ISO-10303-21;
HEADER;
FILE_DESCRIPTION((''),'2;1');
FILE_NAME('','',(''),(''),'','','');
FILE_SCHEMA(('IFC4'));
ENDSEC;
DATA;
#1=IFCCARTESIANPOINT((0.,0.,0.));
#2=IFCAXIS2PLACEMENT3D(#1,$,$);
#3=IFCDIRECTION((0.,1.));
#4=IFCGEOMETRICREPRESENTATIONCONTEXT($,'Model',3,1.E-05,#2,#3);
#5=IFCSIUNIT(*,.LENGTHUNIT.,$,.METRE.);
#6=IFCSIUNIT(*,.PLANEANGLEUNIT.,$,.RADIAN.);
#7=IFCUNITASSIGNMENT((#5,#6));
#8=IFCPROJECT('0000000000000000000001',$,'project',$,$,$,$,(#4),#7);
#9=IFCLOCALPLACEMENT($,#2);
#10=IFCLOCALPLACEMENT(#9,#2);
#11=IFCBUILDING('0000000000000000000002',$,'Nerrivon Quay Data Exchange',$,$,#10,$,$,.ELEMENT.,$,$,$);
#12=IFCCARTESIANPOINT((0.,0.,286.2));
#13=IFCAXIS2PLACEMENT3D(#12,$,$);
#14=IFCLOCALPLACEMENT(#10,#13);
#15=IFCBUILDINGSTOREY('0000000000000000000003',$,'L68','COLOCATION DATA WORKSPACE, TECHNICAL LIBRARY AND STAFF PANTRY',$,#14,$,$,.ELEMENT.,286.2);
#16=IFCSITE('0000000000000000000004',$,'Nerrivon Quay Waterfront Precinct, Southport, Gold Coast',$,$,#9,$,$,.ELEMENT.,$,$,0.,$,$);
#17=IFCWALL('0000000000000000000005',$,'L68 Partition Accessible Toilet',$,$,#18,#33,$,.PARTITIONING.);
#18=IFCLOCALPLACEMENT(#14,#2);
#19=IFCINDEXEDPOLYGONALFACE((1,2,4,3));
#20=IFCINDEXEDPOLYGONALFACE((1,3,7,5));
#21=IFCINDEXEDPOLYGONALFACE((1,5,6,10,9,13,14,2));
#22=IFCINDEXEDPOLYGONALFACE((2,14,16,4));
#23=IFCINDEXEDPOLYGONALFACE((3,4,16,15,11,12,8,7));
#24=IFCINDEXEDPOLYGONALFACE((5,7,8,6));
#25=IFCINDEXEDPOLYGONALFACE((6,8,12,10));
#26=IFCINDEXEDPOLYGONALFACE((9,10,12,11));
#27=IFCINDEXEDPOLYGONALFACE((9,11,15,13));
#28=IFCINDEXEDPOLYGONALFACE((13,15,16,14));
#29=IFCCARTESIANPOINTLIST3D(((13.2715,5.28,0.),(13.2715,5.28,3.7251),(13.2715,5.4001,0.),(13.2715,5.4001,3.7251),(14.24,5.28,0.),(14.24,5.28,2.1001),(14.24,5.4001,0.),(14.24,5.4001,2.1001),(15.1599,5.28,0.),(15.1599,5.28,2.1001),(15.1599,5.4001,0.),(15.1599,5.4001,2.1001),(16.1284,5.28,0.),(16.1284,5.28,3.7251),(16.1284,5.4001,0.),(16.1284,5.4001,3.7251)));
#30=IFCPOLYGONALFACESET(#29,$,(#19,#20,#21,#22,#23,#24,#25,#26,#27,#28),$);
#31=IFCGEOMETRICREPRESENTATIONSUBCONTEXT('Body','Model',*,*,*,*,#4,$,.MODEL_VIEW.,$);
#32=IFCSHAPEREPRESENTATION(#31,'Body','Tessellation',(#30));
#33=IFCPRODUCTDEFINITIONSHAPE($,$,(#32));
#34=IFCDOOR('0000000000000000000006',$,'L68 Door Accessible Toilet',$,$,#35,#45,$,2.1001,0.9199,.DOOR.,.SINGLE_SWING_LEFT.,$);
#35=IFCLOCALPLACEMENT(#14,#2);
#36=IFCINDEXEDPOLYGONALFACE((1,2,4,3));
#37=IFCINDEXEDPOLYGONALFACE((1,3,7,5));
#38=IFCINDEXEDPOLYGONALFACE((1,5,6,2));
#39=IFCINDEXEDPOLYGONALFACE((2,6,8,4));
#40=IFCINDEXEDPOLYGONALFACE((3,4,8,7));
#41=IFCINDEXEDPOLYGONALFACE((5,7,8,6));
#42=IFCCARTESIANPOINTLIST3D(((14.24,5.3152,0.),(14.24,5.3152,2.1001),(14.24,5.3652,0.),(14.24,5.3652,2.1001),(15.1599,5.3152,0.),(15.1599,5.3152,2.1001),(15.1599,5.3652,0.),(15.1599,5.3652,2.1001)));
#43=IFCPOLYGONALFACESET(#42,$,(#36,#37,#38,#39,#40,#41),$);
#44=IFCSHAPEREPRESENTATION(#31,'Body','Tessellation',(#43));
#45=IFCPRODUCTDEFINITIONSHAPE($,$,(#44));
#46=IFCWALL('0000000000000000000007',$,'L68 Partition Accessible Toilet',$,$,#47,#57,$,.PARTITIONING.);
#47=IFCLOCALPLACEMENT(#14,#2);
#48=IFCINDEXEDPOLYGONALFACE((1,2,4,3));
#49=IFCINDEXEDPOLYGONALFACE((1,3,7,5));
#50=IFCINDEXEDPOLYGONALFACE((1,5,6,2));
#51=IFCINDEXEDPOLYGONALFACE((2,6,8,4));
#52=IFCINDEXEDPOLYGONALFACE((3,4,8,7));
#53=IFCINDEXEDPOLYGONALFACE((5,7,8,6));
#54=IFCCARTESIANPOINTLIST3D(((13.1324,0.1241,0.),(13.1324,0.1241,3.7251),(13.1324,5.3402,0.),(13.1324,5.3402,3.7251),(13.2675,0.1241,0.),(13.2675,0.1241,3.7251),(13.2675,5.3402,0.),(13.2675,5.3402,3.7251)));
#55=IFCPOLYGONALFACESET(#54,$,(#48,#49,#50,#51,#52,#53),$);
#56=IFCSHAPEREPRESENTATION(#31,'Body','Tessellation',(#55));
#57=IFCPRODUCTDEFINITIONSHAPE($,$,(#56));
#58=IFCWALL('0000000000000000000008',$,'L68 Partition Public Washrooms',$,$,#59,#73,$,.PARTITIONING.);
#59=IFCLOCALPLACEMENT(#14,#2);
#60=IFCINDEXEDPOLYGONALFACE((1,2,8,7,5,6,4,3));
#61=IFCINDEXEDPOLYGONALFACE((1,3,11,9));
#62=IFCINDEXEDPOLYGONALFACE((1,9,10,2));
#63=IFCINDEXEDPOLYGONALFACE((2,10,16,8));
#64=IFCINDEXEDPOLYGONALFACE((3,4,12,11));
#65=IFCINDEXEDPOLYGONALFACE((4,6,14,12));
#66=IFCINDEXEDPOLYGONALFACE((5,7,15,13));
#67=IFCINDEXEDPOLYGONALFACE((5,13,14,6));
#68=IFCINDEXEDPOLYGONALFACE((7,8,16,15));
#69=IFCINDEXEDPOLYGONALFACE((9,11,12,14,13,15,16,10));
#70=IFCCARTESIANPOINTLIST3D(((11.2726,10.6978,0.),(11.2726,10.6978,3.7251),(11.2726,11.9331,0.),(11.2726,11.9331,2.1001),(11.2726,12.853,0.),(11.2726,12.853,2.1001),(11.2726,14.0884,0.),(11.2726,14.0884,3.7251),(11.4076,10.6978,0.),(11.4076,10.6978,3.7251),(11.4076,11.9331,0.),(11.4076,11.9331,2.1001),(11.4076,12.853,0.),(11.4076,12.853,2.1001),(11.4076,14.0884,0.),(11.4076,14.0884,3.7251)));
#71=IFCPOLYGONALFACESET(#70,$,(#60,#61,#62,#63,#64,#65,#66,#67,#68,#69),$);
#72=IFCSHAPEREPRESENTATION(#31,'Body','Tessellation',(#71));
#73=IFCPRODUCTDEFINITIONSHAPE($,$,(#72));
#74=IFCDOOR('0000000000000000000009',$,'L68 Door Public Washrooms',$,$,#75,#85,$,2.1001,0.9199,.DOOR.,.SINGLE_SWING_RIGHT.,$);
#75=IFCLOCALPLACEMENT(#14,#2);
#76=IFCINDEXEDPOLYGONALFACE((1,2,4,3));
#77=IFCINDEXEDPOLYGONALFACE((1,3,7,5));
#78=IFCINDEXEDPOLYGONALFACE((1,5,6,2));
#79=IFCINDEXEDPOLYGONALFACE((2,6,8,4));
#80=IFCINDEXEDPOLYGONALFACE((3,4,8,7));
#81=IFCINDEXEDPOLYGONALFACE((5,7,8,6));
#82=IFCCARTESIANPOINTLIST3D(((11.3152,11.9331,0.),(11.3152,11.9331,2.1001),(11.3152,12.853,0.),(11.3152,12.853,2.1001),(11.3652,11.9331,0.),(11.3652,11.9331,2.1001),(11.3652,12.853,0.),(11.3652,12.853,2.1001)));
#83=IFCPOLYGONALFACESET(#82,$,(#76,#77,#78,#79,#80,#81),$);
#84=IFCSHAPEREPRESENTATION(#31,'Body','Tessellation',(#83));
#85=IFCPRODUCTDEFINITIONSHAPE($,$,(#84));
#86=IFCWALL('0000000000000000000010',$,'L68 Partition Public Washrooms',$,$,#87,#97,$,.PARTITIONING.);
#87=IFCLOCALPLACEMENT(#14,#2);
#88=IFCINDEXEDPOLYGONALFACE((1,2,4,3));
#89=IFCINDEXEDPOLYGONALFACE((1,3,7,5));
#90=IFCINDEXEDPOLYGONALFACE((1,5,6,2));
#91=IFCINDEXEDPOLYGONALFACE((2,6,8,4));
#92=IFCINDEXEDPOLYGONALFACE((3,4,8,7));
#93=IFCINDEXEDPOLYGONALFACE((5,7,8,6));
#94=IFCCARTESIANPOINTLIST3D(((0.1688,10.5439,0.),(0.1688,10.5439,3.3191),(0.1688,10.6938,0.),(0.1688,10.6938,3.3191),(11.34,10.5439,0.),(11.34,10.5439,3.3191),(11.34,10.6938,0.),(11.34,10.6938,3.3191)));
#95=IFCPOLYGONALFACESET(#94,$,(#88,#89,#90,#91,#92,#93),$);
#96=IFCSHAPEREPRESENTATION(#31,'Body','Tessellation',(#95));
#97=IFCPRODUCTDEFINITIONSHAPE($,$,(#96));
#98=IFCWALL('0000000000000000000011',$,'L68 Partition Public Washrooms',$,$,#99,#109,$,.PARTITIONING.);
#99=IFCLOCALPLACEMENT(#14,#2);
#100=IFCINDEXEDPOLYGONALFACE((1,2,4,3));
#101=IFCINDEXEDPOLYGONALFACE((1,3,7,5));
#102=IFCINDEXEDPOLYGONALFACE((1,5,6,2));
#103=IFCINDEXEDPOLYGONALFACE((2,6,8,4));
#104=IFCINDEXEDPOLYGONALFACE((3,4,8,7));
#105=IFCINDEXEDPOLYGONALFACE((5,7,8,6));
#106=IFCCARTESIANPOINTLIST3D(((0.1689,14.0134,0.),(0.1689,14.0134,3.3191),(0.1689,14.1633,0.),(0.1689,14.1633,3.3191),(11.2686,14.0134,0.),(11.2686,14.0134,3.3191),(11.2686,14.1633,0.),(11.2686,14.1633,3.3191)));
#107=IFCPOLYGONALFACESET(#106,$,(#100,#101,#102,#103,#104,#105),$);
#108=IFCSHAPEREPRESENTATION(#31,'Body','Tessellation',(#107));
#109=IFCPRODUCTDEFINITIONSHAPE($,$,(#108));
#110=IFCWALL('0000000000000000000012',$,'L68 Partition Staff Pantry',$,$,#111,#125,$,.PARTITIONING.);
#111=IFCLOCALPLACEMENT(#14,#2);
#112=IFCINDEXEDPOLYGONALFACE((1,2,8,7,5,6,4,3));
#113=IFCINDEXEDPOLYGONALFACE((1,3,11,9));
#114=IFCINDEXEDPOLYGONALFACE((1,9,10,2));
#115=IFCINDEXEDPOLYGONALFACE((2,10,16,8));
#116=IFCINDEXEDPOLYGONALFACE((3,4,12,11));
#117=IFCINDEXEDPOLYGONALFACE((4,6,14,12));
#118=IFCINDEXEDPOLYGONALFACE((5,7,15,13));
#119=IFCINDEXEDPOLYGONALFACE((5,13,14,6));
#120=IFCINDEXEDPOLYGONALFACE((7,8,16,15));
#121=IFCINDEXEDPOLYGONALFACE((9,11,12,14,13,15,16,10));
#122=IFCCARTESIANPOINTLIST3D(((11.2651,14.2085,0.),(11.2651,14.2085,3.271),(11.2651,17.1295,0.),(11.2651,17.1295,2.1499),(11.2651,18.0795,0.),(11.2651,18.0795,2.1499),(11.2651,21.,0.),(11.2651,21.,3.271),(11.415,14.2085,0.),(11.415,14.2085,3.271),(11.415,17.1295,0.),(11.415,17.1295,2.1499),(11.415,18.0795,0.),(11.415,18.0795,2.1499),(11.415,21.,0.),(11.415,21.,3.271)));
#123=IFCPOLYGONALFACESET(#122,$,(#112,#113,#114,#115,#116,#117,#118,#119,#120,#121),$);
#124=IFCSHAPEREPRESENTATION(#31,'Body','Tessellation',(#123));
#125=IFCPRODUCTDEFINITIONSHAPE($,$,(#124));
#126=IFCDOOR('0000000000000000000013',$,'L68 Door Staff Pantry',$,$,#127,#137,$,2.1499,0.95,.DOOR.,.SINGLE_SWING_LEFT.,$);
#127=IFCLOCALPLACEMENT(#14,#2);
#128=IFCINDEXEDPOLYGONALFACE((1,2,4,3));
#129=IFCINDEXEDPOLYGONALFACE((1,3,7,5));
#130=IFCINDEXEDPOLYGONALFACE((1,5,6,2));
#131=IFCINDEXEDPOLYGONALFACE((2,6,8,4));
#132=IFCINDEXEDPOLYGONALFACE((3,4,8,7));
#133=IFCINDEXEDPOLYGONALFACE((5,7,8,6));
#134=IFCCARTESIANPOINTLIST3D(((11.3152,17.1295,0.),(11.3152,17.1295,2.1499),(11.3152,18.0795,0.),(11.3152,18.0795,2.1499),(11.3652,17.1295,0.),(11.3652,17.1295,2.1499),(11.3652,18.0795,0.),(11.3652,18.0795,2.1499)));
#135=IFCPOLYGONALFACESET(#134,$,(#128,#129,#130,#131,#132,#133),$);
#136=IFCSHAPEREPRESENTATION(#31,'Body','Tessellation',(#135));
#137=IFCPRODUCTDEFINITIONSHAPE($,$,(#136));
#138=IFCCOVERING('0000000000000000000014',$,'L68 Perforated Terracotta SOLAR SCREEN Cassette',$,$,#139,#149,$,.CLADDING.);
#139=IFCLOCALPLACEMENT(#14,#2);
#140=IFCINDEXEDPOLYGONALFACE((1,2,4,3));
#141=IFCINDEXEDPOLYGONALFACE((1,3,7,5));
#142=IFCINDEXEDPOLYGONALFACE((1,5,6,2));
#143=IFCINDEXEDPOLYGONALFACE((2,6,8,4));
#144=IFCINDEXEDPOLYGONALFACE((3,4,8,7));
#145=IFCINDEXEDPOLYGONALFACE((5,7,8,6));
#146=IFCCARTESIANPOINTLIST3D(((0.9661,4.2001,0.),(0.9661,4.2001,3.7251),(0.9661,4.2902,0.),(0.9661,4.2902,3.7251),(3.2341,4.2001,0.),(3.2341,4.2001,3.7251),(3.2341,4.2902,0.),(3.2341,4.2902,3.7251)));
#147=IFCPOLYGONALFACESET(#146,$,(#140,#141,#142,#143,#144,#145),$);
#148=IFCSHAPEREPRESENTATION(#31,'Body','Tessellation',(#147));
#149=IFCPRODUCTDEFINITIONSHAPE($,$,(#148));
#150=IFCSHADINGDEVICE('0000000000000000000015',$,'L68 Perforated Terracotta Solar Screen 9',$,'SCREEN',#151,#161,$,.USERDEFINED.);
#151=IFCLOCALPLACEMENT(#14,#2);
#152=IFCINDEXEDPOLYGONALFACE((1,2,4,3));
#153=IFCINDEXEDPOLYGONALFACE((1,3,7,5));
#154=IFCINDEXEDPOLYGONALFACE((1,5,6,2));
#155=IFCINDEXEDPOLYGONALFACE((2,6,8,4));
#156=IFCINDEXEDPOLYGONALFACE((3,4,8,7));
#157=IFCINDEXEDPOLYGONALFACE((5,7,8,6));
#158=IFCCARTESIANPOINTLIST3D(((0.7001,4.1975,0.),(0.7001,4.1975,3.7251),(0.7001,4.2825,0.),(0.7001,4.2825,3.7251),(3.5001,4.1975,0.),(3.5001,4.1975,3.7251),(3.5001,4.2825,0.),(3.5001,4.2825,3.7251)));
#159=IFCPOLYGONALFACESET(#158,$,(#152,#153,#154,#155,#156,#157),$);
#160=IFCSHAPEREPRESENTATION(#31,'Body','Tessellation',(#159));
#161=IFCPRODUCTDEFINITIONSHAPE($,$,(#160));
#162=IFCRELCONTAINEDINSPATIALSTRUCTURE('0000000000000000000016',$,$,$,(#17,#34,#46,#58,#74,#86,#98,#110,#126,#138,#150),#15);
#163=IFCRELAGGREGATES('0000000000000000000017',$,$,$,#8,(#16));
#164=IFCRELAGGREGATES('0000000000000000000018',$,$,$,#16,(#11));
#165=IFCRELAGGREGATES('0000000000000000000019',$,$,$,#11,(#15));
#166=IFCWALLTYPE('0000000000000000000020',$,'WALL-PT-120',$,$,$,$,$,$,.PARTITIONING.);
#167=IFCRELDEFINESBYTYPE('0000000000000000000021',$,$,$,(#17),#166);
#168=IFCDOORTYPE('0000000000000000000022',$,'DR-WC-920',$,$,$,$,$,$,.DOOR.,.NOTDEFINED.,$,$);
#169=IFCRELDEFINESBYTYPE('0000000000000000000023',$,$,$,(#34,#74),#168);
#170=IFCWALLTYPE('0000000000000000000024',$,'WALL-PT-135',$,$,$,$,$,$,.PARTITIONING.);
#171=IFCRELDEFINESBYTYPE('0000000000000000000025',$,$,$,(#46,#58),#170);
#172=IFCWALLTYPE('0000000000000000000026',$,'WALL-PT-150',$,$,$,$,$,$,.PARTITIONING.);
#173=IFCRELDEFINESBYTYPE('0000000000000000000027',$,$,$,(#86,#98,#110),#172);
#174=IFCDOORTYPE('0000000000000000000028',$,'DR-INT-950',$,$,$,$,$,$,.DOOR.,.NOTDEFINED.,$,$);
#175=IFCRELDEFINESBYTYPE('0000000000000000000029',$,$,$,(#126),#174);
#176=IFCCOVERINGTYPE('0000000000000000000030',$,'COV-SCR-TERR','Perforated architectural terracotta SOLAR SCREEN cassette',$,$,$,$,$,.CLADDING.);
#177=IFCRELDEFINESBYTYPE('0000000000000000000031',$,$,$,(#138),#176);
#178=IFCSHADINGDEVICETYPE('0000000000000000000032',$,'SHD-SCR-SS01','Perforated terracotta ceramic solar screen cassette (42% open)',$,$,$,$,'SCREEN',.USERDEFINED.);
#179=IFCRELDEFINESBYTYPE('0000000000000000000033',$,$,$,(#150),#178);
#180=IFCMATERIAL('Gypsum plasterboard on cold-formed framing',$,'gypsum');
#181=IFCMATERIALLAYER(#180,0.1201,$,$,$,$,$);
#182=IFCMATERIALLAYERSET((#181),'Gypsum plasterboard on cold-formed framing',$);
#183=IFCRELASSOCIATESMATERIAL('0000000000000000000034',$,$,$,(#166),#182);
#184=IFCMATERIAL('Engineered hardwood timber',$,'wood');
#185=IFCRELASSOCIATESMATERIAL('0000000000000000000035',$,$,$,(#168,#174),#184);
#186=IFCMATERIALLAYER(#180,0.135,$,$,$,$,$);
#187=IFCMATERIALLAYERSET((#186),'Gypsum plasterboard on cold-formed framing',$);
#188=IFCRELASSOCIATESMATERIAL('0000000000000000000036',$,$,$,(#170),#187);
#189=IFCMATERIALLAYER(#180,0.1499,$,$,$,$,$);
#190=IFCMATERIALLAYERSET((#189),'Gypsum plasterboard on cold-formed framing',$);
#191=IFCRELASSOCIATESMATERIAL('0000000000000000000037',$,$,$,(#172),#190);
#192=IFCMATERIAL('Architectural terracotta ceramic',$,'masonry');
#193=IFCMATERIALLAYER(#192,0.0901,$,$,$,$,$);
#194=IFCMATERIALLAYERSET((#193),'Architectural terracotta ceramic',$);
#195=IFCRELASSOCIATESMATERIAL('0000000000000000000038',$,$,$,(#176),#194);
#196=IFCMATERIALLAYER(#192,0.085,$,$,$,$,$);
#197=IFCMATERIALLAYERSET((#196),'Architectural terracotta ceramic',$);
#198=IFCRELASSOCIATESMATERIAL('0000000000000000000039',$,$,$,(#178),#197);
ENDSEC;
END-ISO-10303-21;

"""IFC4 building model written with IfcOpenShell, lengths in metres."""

from ifc_helpers import new_model, si_unit, direction, frame, frame_2d, origin, origin_2d, place, context, subcontext, project, spatial, rectangle, extrude, material, layer, layer_set, type_object, element, fill, save


model = new_model("IFC4")

# Units and contexts
model_context = context("Model", 3, precision=1e-05, world=origin(), true_north=direction((0.0, 1.0)))
body_context = subcontext(model_context, "Body", "Model", "MODEL_VIEW")
ifc_project = project(units=[si_unit("LENGTHUNIT", "METRE"), si_unit("PLANEANGLEUNIT", "RADIAN")], contexts=[model_context])

# Site, building, storey
site_placement = place(None, origin())
site = spatial("IfcSite", under=ifc_project, at=site_placement, Name="Nerrivon Quay Waterfront Precinct, Southport, Gold Coast", CompositionType="ELEMENT", RefElevation=0.0)
building_placement = place(site_placement, origin())
building = spatial("IfcBuilding", under=site, at=building_placement, Name="Nerrivon Quay Data Exchange", CompositionType="ELEMENT")
storey_placement = place(building_placement, frame((0.0, 0.0, 286.2)))
storey = spatial("IfcBuildingStorey", under=building, at=storey_placement, Name="L68", Description="COLOCATION DATA WORKSPACE, TECHNICAL LIBRARY AND STAFF PANTRY", CompositionType="ELEMENT", Elevation=286.2)

# Shared definitions
ifc_material_1 = material(Name="Gypsum plasterboard on cold-formed framing", Category="gypsum")
ifc_material_2 = material(Name="Engineered hardwood timber", Category="wood")

# Wall, opening, door
ifc_layer_1 = layer(ifc_material_1, 0.1201)
ifc_layer_set_1 = layer_set([ifc_layer_1], Name="Gypsum plasterboard on cold-formed framing")
wall_type_1 = type_object("IfcWallType", Name="WALL-PT-120", PredefinedType="PARTITIONING", material=ifc_layer_set_1)
wall_1_placement = place(storey_placement, frame((16.1284, 5.3401, 0.0), z_axis=(0.0, 0.0, 1.0), x_axis=(-1.0, 0.0, 0.0)))
wall_1 = element("IfcWall", 1, at=wall_1_placement, inside=storey, type_object=wall_type_1, Name="L68 Partition Accessible Toilet", PredefinedType="PARTITIONING", context=body_context, shape_type="SweptSolid", body=[
    extrude(rectangle(XDim=2.8569, YDim=0.1201, at=frame_2d((1.4285, 0.0))), origin(), (0.0, 0.0, 1.0), 3.7251),
])
opening_1_placement = place(wall_1_placement, frame((0.9685, 0.0, 0.0)))
opening_1 = element("IfcOpeningElement", 2, at=opening_1_placement, cuts=wall_1, PredefinedType="OPENING", context=body_context, shape_type="SweptSolid", body=[
    extrude(rectangle(XDim=0.9199, YDim=2.1001, at=frame_2d((0.46, 1.05))), frame((0.0, 0.0701, 0.0), z_axis=(0.0, -1.0, 0.0), x_axis=(1.0, 0.0, 0.0)), (0.0, 0.0, 1.0), 0.1401),
])
door_type_1 = type_object("IfcDoorType", Name="DR-WC-920", OperationType="NOTDEFINED", PredefinedType="DOOR", material=ifc_material_2)
door_1_placement = place(opening_1_placement, origin())
door_1 = element("IfcDoor", 3, at=door_1_placement, inside=storey, type_object=door_type_1, Name="L68 Door Accessible Toilet", OperationType="SINGLE_SWING_LEFT", OverallHeight=2.1001, OverallWidth=0.9199, PredefinedType="DOOR", context=body_context, shape_type="SweptSolid", body=[
    extrude(rectangle(XDim=0.9199, YDim=2.1001, at=frame_2d((0.46, 1.05))), frame((0.0, 0.0249, 0.0), z_axis=(0.0, -1.0, 0.0), x_axis=(1.0, 0.0, 0.0)), (0.0, 0.0, 1.0), 0.05),
])
fill(opening_1, door_1)

# Wall
ifc_layer_2 = layer(ifc_material_1, 0.135)
ifc_layer_set_2 = layer_set([ifc_layer_2], Name="Gypsum plasterboard on cold-formed framing")
wall_type_2 = type_object("IfcWallType", Name="WALL-PT-135", PredefinedType="PARTITIONING", material=ifc_layer_set_2)
wall_2_placement = place(storey_placement, frame((13.2, 5.3401, 0.0), z_axis=(0.0, 0.0, 1.0), x_axis=(0.0, -1.0, 0.0)))
element("IfcWall", 4, at=wall_2_placement, inside=storey, type_object=wall_type_2, Name="L68 Partition Accessible Toilet", PredefinedType="PARTITIONING", context=body_context, shape_type="SweptSolid", body=[
    extrude(rectangle(XDim=5.2161, YDim=0.135, at=frame_2d((2.6079, 0.0))), origin(), (0.0, 0.0, 1.0), 3.7251),
])

# Wall, opening, door
wall_3_placement = place(storey_placement, frame((11.3401, 10.6978, 0.0), z_axis=(0.0, 0.0, 1.0), x_axis=(0.0, 1.0, 0.0)))
wall_3 = element("IfcWall", 5, at=wall_3_placement, inside=storey, type_object=wall_type_2, Name="L68 Partition Public Washrooms", PredefinedType="PARTITIONING", context=body_context, shape_type="SweptSolid", body=[
    extrude(rectangle(XDim=3.3906, YDim=0.135, at=frame_2d((1.6953, 0.0))), origin(), (0.0, 0.0, 1.0), 3.7251),
])
opening_2_placement = place(wall_3_placement, frame((1.2354, 0.0, 0.0)))
opening_2 = element("IfcOpeningElement", 6, at=opening_2_placement, cuts=wall_3, PredefinedType="OPENING", context=body_context, shape_type="SweptSolid", body=[
    extrude(rectangle(XDim=0.9199, YDim=2.1001, at=frame_2d((0.46, 1.05))), frame((0.0, 0.0774, 0.0), z_axis=(0.0, -1.0, 0.0), x_axis=(1.0, 0.0, 0.0)), (0.0, 0.0, 1.0), 0.155),
])
door_2_placement = place(opening_2_placement, origin())
door_2 = element("IfcDoor", 7, at=door_2_placement, inside=storey, type_object=door_type_1, Name="L68 Door Public Washrooms", OperationType="SINGLE_SWING_RIGHT", OverallHeight=2.1001, OverallWidth=0.9199, PredefinedType="DOOR", context=body_context, shape_type="SweptSolid", body=[
    extrude(rectangle(XDim=0.9199, YDim=2.1001, at=frame_2d((0.46, 1.05))), frame((0.0, 0.0249, 0.0), z_axis=(0.0, -1.0, 0.0), x_axis=(1.0, 0.0, 0.0)), (0.0, 0.0, 1.0), 0.05),
])
fill(opening_2, door_2)

# Walls
ifc_layer_3 = layer(ifc_material_1, 0.1499)
ifc_layer_set_3 = layer_set([ifc_layer_3], Name="Gypsum plasterboard on cold-formed framing")
wall_type_3 = type_object("IfcWallType", Name="WALL-PT-150", PredefinedType="PARTITIONING", material=ifc_layer_set_3)
wall_4_placement = place(storey_placement, frame((0.1689, 10.6189, 0.0), z_axis=(0.0, 0.0, 1.0), x_axis=(1.0, 0.0, 0.0)))
element("IfcWall", 8, at=wall_4_placement, inside=storey, type_object=wall_type_3, Name="L68 Partition Public Washrooms", PredefinedType="PARTITIONING", context=body_context, shape_type="SweptSolid", body=[
    extrude(rectangle(XDim=11.1711, YDim=0.1499, at=frame_2d((5.5854, 0.0))), origin(), (0.0, 0.0, 1.0), 3.3191),
])
wall_5_placement = place(storey_placement, frame((11.2686, 14.0884, 0.0), z_axis=(0.0, 0.0, 1.0), x_axis=(-1.0, 0.0, 0.0)))
element("IfcWall", 9, at=wall_5_placement, inside=storey, type_object=wall_type_3, Name="L68 Partition Public Washrooms", PredefinedType="PARTITIONING", context=body_context, shape_type="SweptSolid", body=[
    extrude(rectangle(XDim=11.0996, YDim=0.1499, at=frame_2d((5.5498, 0.0))), origin(), (0.0, 0.0, 1.0), 3.3191),
])

# Wall, opening, door
wall_6_placement = place(storey_placement, frame((11.3401, 14.2085, 0.0), z_axis=(0.0, 0.0, 1.0), x_axis=(0.0, 1.0, 0.0)))
wall_6 = element("IfcWall", 10, at=wall_6_placement, inside=storey, type_object=wall_type_3, Name="L68 Partition Staff Pantry", PredefinedType="PARTITIONING", context=body_context, shape_type="SweptSolid", body=[
    extrude(rectangle(XDim=6.7915, YDim=0.1499, at=frame_2d((3.3958, 0.0))), origin(), (0.0, 0.0, 1.0), 3.271),
])
opening_3_placement = place(wall_6_placement, frame((2.9209, 0.0, 0.0)))
opening_3 = element("IfcOpeningElement", 11, at=opening_3_placement, cuts=wall_6, PredefinedType="OPENING", context=body_context, shape_type="SweptSolid", body=[
    extrude(rectangle(XDim=0.95, YDim=2.1499, at=frame_2d((0.4751, 1.075))), frame((0.0, 0.085, 0.0), z_axis=(0.0, -1.0, 0.0), x_axis=(1.0, 0.0, 0.0)), (0.0, 0.0, 1.0), 0.1699),
])
door_type_2 = type_object("IfcDoorType", Name="DR-INT-950", OperationType="NOTDEFINED", PredefinedType="DOOR", material=ifc_material_2)
door_3_placement = place(opening_3_placement, origin())
door_3 = element("IfcDoor", 12, at=door_3_placement, inside=storey, type_object=door_type_2, Name="L68 Door Staff Pantry", OperationType="SINGLE_SWING_LEFT", OverallHeight=2.1499, OverallWidth=0.95, PredefinedType="DOOR", context=body_context, shape_type="SweptSolid", body=[
    extrude(rectangle(XDim=0.95, YDim=2.1499, at=frame_2d((0.4751, 1.075))), frame((0.0, 0.0249, 0.0), z_axis=(0.0, -1.0, 0.0), x_axis=(1.0, 0.0, 0.0)), (0.0, 0.0, 1.0), 0.05),
])
fill(opening_3, door_3)

# Covering
ifc_material_3 = material(Name="Architectural terracotta ceramic", Category="masonry")
ifc_layer_4 = layer(ifc_material_3, 0.0901)
ifc_layer_set_4 = layer_set([ifc_layer_4], Name="Architectural terracotta ceramic")
covering_type = type_object("IfcCoveringType", Name="COV-SCR-TERR", Description="Perforated architectural terracotta SOLAR SCREEN cassette", PredefinedType="CLADDING", material=ifc_layer_set_4)
covering_placement = place(storey_placement, frame((2.1001, 4.2451, 0.0), z_axis=(0.0, 0.0, 1.0), x_axis=(-1.0, 0.0, 0.0)))
element("IfcCovering", 13, at=covering_placement, inside=storey, type_object=covering_type, Name="L68 Perforated Terracotta SOLAR SCREEN Cassette", PredefinedType="CLADDING", context=body_context, shape_type="SweptSolid", body=[
    extrude(rectangle(XDim=2.2681, YDim=0.0901, at=origin_2d()), origin(), (0.0, 0.0, 1.0), 3.7251),
])

# Shading device
ifc_layer_5 = layer(ifc_material_3, 0.085)
ifc_layer_set_5 = layer_set([ifc_layer_5], Name="Architectural terracotta ceramic")
shading_device_type = type_object("IfcShadingDeviceType", Name="SHD-SCR-SS01", Description="Perforated terracotta ceramic solar screen cassette (42% open)", ElementType="SCREEN", PredefinedType="USERDEFINED", material=ifc_layer_set_5)
shading_device_placement = place(storey_placement, frame((2.1001, 4.24, 0.0), z_axis=(0.0, 0.0, 1.0), x_axis=(-1.0, 0.0, 0.0)))
element("IfcShadingDevice", 14, at=shading_device_placement, inside=storey, type_object=shading_device_type, Name="L68 Perforated Terracotta Solar Screen 9", ObjectType="SCREEN", PredefinedType="USERDEFINED", context=body_context, shape_type="SweptSolid", body=[
    extrude(rectangle(XDim=2.8, YDim=0.085, at=origin_2d()), origin(), (0.0, 0.0, 1.0), 3.7251),
])

save(model, "model.ifc")
